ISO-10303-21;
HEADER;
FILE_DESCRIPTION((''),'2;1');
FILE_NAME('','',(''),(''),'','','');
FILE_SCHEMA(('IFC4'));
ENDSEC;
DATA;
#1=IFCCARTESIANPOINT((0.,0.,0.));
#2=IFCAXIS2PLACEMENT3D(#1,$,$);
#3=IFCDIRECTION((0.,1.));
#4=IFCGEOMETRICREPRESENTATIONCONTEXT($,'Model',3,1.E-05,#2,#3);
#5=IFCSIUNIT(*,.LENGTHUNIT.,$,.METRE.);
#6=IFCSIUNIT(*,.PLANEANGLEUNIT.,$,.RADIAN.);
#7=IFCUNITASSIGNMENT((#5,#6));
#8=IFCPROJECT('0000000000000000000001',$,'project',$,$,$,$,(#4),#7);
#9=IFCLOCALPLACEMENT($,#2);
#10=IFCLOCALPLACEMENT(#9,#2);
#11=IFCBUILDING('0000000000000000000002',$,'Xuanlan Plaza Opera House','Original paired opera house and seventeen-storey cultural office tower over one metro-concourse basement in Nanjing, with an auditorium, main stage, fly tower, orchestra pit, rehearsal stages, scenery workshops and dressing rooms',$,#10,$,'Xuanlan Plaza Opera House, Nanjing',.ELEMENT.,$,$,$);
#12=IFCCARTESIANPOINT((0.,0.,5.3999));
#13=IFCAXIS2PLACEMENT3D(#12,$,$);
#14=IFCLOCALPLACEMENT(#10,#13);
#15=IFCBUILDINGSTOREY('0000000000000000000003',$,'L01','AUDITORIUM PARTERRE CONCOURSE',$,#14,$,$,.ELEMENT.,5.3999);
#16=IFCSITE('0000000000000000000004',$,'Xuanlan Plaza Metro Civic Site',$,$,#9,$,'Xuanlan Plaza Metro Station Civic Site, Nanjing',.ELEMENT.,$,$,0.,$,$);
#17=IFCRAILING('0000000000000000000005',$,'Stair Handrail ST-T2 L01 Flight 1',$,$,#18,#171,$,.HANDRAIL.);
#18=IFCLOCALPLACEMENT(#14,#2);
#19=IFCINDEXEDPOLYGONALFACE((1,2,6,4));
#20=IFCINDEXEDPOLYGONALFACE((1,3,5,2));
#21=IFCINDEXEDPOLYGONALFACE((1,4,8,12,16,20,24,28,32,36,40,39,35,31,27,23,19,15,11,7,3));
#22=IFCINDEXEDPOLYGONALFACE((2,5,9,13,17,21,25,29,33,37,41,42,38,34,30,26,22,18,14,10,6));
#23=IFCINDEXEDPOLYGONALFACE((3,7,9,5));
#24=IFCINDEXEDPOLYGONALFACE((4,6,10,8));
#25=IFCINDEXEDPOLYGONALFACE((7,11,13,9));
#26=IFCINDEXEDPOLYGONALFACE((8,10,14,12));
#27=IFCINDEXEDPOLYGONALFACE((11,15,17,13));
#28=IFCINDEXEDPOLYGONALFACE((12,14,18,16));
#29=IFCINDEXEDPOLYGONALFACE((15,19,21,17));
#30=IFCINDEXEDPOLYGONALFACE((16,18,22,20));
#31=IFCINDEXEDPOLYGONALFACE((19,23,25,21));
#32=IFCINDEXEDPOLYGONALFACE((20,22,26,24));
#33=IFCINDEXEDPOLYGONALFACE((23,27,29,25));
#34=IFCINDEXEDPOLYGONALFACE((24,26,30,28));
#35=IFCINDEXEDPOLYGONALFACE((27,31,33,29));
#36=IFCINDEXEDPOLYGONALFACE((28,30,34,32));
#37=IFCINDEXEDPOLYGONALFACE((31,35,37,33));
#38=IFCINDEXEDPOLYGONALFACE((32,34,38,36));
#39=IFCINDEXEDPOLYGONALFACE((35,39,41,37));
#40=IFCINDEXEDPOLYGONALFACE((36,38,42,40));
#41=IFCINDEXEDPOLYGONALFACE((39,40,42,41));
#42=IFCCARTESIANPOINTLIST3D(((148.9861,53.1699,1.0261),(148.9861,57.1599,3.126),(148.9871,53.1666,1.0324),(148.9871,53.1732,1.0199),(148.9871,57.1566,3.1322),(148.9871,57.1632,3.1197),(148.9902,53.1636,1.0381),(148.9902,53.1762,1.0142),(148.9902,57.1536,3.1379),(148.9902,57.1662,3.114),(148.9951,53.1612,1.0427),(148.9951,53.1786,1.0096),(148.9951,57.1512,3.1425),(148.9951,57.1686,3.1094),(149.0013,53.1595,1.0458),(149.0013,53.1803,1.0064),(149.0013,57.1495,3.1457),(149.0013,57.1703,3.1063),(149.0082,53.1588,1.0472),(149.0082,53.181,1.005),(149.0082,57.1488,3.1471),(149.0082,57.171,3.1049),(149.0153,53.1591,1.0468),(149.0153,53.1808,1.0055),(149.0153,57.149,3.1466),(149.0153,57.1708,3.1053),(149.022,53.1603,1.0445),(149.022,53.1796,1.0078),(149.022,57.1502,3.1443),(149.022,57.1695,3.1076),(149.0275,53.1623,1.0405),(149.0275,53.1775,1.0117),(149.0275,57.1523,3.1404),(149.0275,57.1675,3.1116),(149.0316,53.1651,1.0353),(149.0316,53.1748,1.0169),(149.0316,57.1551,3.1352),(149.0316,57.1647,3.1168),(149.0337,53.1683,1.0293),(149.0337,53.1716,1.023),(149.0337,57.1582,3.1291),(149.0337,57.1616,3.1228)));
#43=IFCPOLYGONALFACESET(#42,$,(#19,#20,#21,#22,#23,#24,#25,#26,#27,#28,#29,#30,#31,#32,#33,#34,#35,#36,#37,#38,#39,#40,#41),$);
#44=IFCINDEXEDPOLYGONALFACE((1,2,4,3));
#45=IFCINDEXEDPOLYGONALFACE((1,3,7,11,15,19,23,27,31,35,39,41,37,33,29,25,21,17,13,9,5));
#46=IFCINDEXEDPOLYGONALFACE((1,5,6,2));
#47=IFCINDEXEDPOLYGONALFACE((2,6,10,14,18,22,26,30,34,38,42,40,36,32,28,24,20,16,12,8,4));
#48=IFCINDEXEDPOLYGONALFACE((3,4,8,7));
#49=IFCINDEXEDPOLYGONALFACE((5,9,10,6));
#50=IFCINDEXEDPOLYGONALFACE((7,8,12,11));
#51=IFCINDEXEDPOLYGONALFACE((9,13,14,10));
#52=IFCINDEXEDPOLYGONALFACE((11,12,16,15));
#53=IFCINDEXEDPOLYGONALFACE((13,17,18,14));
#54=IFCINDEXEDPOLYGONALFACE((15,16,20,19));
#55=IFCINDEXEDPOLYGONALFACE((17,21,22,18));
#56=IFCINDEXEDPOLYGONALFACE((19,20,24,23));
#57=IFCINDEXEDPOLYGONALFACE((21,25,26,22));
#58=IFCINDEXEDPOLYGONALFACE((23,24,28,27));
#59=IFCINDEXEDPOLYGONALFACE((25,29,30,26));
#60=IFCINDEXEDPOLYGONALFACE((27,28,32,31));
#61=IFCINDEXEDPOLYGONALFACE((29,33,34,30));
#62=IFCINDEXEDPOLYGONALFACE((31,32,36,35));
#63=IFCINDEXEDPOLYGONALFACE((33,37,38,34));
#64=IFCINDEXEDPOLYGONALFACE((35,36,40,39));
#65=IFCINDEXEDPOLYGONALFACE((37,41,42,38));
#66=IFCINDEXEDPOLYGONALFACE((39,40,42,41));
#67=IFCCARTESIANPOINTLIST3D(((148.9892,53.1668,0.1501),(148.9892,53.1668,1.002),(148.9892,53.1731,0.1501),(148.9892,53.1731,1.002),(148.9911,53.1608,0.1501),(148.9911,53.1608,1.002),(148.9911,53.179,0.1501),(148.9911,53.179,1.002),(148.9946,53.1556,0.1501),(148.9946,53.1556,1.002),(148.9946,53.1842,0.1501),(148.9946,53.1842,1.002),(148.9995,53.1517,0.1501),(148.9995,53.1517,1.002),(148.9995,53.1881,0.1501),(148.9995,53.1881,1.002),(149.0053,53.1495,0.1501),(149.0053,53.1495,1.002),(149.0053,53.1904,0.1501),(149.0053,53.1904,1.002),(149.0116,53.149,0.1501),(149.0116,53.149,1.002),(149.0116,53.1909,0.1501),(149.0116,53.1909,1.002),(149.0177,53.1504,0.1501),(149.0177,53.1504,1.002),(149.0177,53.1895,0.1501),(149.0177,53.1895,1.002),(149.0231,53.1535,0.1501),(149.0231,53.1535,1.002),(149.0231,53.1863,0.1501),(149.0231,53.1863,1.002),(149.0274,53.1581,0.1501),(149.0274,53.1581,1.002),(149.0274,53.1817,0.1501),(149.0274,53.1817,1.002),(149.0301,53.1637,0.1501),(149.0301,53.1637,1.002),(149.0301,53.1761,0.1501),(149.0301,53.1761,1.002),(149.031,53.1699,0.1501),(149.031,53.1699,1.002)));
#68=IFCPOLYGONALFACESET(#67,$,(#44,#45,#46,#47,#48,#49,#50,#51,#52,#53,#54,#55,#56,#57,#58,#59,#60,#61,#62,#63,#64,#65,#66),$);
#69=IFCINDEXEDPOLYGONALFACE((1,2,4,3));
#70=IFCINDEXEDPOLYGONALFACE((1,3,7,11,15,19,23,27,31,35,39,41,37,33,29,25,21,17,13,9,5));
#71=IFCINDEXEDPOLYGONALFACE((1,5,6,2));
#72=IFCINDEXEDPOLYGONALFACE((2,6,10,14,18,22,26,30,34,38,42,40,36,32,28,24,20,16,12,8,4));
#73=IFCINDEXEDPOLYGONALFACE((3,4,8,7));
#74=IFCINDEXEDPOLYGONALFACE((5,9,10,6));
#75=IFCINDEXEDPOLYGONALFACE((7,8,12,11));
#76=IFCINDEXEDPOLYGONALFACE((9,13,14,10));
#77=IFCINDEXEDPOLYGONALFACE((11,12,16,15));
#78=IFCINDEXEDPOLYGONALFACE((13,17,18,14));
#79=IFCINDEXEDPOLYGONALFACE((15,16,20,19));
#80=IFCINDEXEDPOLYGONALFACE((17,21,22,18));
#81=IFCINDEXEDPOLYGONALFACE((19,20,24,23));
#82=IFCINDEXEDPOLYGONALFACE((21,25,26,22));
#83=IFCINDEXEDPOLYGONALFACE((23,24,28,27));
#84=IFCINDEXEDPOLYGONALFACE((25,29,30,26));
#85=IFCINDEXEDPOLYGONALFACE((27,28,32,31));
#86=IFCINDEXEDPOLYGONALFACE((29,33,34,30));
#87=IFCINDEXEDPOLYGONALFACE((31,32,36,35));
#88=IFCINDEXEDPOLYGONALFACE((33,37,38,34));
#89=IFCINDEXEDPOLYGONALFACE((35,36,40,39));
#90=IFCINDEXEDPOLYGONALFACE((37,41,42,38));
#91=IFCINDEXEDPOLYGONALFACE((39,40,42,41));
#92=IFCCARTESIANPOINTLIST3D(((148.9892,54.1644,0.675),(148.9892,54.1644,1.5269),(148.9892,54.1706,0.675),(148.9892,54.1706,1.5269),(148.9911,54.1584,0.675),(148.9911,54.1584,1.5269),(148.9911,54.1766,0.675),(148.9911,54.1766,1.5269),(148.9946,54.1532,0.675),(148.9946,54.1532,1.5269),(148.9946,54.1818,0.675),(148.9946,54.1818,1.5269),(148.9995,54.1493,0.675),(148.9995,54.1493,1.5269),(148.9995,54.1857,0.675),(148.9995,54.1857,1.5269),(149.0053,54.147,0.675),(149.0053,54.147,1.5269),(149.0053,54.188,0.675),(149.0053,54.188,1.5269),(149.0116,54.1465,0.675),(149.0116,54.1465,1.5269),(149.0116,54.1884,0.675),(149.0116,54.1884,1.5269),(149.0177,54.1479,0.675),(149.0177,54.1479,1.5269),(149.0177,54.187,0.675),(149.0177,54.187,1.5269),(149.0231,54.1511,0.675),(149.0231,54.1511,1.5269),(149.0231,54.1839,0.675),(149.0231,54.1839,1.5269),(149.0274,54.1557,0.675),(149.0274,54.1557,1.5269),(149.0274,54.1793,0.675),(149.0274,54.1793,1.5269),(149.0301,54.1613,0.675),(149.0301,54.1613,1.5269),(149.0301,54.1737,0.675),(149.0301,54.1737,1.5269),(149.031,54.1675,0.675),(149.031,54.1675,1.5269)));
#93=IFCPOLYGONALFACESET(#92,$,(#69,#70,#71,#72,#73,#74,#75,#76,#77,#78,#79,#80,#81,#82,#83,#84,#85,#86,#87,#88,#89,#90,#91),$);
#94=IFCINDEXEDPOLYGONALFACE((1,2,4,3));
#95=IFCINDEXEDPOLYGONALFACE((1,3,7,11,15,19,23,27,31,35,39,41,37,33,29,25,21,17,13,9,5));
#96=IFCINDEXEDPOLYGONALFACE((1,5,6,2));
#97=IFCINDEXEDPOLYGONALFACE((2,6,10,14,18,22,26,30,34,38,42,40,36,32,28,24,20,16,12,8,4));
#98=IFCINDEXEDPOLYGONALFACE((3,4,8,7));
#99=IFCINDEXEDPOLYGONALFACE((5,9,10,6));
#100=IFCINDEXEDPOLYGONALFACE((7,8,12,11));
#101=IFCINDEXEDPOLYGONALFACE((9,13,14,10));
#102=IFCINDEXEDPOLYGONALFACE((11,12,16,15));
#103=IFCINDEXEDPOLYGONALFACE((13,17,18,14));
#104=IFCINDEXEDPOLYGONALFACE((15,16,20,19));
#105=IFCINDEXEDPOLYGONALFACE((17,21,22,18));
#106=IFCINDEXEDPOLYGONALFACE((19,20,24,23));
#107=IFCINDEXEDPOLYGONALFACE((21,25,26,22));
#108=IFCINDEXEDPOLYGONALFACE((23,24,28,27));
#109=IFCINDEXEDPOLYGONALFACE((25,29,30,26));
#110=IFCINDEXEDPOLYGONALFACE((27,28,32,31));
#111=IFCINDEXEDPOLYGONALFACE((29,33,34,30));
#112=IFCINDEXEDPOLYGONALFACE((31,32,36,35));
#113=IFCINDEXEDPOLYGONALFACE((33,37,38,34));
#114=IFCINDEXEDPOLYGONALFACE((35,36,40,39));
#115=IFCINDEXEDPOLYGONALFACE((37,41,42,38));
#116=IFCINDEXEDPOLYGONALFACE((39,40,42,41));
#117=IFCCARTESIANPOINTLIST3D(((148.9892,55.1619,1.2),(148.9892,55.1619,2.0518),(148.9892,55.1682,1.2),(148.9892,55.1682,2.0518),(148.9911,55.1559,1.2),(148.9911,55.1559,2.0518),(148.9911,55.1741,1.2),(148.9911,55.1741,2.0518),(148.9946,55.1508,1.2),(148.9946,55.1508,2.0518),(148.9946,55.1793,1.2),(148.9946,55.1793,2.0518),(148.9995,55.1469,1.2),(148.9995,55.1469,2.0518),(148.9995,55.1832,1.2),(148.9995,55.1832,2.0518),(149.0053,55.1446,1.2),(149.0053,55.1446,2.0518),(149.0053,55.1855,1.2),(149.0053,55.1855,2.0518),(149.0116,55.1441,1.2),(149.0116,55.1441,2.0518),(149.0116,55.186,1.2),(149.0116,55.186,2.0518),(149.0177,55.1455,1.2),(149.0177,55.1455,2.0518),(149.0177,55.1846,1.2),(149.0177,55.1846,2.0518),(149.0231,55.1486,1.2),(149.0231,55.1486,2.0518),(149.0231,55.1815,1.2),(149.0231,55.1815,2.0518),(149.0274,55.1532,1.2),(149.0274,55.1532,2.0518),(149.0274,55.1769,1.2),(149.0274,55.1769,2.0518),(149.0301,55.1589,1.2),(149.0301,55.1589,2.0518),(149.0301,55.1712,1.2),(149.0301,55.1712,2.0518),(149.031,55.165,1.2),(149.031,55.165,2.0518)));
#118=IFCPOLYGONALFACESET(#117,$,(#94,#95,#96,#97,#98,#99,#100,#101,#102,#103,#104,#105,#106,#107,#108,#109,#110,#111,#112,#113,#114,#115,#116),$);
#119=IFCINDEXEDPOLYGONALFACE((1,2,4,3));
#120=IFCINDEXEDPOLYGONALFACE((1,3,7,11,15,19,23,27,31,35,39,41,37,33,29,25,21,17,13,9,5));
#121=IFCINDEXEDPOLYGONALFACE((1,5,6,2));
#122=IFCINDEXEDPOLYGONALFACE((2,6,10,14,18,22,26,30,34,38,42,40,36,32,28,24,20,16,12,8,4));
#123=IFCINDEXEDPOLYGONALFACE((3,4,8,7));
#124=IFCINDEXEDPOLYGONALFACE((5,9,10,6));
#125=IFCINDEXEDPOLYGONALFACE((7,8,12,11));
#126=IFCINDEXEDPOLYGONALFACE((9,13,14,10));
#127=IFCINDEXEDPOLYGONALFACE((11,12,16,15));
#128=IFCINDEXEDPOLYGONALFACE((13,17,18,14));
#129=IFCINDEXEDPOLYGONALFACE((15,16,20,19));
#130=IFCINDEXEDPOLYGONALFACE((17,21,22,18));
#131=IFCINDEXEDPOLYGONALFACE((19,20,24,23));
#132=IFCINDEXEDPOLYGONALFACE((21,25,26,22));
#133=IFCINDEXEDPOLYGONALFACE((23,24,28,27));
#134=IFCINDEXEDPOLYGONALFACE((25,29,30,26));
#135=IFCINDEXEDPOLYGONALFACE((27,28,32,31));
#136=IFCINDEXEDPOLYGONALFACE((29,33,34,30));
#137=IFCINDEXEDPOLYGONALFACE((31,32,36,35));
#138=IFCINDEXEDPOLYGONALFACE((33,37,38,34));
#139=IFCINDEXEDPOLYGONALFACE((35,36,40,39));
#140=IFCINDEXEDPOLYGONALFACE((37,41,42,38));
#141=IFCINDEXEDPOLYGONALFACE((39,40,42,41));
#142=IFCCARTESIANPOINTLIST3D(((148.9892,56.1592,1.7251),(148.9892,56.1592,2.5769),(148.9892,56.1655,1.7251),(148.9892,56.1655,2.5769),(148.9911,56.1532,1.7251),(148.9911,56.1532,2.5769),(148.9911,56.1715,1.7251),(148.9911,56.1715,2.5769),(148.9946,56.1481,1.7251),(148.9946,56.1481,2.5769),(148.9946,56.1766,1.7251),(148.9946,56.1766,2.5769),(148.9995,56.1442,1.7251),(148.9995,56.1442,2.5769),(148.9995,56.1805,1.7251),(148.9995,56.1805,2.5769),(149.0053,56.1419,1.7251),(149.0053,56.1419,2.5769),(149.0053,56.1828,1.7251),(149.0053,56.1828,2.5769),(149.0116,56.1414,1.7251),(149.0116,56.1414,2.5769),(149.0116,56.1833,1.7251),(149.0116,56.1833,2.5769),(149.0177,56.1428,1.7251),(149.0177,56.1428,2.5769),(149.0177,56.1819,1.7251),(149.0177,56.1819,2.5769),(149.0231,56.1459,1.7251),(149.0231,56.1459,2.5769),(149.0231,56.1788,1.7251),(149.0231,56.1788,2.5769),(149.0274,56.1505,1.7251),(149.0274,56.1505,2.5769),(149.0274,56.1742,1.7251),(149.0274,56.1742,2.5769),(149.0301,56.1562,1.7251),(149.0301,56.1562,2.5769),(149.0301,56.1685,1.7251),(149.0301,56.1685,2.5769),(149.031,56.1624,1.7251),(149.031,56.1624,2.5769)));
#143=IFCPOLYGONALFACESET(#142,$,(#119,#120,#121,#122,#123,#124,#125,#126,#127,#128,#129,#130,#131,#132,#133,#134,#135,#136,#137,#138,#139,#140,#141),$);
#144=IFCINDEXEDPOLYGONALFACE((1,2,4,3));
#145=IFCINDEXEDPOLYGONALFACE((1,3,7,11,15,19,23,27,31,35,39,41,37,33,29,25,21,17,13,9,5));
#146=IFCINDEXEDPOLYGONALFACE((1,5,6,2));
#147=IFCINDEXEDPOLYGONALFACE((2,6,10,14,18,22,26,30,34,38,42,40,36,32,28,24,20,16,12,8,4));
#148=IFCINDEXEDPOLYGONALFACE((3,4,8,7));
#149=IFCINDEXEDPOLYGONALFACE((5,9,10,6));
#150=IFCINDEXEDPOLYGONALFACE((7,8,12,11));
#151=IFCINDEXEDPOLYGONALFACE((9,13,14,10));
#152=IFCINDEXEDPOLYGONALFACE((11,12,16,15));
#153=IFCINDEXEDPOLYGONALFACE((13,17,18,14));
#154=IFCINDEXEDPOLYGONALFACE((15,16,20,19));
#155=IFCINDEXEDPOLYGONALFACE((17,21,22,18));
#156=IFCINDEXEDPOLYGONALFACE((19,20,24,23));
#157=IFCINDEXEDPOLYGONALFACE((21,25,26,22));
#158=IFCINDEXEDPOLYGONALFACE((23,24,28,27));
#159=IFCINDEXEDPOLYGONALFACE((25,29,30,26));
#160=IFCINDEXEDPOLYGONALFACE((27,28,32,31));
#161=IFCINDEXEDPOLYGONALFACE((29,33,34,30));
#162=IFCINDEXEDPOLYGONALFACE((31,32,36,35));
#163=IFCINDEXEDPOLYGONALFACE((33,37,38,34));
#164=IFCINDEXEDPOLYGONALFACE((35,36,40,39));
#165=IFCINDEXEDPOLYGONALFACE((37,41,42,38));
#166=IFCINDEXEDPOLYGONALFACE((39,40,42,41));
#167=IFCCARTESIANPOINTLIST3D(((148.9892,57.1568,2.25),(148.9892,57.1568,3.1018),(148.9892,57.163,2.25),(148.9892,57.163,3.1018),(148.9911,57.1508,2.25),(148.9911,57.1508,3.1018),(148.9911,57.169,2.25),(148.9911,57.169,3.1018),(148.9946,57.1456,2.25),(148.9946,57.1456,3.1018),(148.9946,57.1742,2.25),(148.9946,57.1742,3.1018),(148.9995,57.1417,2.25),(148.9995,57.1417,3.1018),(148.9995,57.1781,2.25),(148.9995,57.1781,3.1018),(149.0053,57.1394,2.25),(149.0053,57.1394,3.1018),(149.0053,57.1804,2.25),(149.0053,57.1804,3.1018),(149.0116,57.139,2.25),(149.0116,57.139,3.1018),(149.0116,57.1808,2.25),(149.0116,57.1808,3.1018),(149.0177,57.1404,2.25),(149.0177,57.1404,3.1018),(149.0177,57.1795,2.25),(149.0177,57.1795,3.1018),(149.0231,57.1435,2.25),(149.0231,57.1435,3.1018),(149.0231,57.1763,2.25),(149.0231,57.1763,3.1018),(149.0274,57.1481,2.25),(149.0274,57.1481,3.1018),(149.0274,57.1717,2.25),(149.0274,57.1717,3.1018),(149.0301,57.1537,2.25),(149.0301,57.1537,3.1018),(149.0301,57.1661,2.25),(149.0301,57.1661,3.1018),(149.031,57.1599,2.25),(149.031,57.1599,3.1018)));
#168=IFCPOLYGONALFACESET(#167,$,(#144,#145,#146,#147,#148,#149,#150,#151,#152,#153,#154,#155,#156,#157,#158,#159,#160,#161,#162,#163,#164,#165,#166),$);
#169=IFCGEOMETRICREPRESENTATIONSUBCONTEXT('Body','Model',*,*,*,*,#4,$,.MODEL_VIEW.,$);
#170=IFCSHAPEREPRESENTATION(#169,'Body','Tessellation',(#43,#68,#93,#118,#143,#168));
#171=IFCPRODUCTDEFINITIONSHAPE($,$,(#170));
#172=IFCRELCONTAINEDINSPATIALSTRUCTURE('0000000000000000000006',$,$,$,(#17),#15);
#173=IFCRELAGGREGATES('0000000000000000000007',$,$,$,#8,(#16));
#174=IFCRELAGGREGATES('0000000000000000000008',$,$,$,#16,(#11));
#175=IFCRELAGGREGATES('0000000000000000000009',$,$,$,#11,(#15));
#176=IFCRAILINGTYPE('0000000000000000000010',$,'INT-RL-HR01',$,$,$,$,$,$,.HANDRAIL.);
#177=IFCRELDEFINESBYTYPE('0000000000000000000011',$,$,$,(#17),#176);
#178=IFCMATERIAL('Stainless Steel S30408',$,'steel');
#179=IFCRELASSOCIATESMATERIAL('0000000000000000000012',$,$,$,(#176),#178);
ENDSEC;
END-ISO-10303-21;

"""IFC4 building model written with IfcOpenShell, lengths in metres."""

from ifc_helpers import new_model, si_unit, direction, frame, origin, origin_2d, place, context, subcontext, project, spatial, circle, extrude, material, type_object, element, save


model = new_model("IFC4")

# Units and contexts
model_context = context("Model", 3, precision=1e-05, world=origin(), true_north=direction((0.0, 1.0)))
body_context = subcontext(model_context, "Body", "Model", "MODEL_VIEW")
ifc_project = project(units=[si_unit("LENGTHUNIT", "METRE"), si_unit("PLANEANGLEUNIT", "RADIAN")], contexts=[model_context])

# Site, building, storey
site_placement = place(None, origin())
site = spatial("IfcSite", under=ifc_project, at=site_placement, Name="Xuanlan Plaza Metro Civic Site", LongName="Xuanlan Plaza Metro Station Civic Site, Nanjing", CompositionType="ELEMENT", RefElevation=0.0)
building_placement = place(site_placement, origin())
building = spatial("IfcBuilding", under=site, at=building_placement, Name="Xuanlan Plaza Opera House", Description="Original paired opera house and seventeen-storey cultural office tower over one metro-concourse basement in Nanjing, with an auditorium, main stage, fly tower, orchestra pit, rehearsal stages, scenery workshops and dressing rooms", LongName="Xuanlan Plaza Opera House, Nanjing", CompositionType="ELEMENT")
storey_placement = place(building_placement, frame((0.0, 0.0, 5.3999)))
storey = spatial("IfcBuildingStorey", under=building, at=storey_placement, Name="L01", Description="AUDITORIUM PARTERRE CONCOURSE", CompositionType="ELEMENT", Elevation=5.3999)

# Shared definitions
ifc_material_1 = material(Name="Stainless Steel S30408", Category="steel")

# Railing
railing_type = type_object("IfcRailingType", Name="INT-RL-HR01", PredefinedType="HANDRAIL", material=ifc_material_1)
railing_placement = place(storey_placement, frame((149.01, 53.1699, 0.1501)))
element("IfcRailing", 1, at=railing_placement, inside=storey, type_object=railing_type, Name="Stair Handrail ST-T2 L01 Flight 1", PredefinedType="HANDRAIL", context=body_context, shape_type="SweptSolid", body=[
    extrude(circle(Radius=0.0239, at=origin_2d()), frame((0.0, 0.0, 0.876), z_axis=(0.0, 0.884931, 0.465722), x_axis=(-1.0, 0.0, 0.0)), (0.0, 0.0, 1.0), 4.5088),
    extrude(circle(Radius=0.021, at=origin_2d()), origin(), (0.0, 0.0, 1.0), 0.8518),
    extrude(circle(Radius=0.021, at=origin_2d()), frame((0.0, 0.9976, 0.5249)), (0.0, 0.0, 1.0), 0.8518),
    extrude(circle(Radius=0.021, at=origin_2d()), frame((0.0, 1.9951, 1.0498)), (0.0, 0.0, 1.0), 0.8518),
    extrude(circle(Radius=0.021, at=origin_2d()), frame((0.0, 2.9924, 1.575)), (0.0, 0.0, 1.0), 0.8518),
    extrude(circle(Radius=0.021, at=origin_2d()), frame((0.0, 3.99, 2.0999)), (0.0, 0.0, 1.0), 0.8518),
])

save(model, "model.ifc")
